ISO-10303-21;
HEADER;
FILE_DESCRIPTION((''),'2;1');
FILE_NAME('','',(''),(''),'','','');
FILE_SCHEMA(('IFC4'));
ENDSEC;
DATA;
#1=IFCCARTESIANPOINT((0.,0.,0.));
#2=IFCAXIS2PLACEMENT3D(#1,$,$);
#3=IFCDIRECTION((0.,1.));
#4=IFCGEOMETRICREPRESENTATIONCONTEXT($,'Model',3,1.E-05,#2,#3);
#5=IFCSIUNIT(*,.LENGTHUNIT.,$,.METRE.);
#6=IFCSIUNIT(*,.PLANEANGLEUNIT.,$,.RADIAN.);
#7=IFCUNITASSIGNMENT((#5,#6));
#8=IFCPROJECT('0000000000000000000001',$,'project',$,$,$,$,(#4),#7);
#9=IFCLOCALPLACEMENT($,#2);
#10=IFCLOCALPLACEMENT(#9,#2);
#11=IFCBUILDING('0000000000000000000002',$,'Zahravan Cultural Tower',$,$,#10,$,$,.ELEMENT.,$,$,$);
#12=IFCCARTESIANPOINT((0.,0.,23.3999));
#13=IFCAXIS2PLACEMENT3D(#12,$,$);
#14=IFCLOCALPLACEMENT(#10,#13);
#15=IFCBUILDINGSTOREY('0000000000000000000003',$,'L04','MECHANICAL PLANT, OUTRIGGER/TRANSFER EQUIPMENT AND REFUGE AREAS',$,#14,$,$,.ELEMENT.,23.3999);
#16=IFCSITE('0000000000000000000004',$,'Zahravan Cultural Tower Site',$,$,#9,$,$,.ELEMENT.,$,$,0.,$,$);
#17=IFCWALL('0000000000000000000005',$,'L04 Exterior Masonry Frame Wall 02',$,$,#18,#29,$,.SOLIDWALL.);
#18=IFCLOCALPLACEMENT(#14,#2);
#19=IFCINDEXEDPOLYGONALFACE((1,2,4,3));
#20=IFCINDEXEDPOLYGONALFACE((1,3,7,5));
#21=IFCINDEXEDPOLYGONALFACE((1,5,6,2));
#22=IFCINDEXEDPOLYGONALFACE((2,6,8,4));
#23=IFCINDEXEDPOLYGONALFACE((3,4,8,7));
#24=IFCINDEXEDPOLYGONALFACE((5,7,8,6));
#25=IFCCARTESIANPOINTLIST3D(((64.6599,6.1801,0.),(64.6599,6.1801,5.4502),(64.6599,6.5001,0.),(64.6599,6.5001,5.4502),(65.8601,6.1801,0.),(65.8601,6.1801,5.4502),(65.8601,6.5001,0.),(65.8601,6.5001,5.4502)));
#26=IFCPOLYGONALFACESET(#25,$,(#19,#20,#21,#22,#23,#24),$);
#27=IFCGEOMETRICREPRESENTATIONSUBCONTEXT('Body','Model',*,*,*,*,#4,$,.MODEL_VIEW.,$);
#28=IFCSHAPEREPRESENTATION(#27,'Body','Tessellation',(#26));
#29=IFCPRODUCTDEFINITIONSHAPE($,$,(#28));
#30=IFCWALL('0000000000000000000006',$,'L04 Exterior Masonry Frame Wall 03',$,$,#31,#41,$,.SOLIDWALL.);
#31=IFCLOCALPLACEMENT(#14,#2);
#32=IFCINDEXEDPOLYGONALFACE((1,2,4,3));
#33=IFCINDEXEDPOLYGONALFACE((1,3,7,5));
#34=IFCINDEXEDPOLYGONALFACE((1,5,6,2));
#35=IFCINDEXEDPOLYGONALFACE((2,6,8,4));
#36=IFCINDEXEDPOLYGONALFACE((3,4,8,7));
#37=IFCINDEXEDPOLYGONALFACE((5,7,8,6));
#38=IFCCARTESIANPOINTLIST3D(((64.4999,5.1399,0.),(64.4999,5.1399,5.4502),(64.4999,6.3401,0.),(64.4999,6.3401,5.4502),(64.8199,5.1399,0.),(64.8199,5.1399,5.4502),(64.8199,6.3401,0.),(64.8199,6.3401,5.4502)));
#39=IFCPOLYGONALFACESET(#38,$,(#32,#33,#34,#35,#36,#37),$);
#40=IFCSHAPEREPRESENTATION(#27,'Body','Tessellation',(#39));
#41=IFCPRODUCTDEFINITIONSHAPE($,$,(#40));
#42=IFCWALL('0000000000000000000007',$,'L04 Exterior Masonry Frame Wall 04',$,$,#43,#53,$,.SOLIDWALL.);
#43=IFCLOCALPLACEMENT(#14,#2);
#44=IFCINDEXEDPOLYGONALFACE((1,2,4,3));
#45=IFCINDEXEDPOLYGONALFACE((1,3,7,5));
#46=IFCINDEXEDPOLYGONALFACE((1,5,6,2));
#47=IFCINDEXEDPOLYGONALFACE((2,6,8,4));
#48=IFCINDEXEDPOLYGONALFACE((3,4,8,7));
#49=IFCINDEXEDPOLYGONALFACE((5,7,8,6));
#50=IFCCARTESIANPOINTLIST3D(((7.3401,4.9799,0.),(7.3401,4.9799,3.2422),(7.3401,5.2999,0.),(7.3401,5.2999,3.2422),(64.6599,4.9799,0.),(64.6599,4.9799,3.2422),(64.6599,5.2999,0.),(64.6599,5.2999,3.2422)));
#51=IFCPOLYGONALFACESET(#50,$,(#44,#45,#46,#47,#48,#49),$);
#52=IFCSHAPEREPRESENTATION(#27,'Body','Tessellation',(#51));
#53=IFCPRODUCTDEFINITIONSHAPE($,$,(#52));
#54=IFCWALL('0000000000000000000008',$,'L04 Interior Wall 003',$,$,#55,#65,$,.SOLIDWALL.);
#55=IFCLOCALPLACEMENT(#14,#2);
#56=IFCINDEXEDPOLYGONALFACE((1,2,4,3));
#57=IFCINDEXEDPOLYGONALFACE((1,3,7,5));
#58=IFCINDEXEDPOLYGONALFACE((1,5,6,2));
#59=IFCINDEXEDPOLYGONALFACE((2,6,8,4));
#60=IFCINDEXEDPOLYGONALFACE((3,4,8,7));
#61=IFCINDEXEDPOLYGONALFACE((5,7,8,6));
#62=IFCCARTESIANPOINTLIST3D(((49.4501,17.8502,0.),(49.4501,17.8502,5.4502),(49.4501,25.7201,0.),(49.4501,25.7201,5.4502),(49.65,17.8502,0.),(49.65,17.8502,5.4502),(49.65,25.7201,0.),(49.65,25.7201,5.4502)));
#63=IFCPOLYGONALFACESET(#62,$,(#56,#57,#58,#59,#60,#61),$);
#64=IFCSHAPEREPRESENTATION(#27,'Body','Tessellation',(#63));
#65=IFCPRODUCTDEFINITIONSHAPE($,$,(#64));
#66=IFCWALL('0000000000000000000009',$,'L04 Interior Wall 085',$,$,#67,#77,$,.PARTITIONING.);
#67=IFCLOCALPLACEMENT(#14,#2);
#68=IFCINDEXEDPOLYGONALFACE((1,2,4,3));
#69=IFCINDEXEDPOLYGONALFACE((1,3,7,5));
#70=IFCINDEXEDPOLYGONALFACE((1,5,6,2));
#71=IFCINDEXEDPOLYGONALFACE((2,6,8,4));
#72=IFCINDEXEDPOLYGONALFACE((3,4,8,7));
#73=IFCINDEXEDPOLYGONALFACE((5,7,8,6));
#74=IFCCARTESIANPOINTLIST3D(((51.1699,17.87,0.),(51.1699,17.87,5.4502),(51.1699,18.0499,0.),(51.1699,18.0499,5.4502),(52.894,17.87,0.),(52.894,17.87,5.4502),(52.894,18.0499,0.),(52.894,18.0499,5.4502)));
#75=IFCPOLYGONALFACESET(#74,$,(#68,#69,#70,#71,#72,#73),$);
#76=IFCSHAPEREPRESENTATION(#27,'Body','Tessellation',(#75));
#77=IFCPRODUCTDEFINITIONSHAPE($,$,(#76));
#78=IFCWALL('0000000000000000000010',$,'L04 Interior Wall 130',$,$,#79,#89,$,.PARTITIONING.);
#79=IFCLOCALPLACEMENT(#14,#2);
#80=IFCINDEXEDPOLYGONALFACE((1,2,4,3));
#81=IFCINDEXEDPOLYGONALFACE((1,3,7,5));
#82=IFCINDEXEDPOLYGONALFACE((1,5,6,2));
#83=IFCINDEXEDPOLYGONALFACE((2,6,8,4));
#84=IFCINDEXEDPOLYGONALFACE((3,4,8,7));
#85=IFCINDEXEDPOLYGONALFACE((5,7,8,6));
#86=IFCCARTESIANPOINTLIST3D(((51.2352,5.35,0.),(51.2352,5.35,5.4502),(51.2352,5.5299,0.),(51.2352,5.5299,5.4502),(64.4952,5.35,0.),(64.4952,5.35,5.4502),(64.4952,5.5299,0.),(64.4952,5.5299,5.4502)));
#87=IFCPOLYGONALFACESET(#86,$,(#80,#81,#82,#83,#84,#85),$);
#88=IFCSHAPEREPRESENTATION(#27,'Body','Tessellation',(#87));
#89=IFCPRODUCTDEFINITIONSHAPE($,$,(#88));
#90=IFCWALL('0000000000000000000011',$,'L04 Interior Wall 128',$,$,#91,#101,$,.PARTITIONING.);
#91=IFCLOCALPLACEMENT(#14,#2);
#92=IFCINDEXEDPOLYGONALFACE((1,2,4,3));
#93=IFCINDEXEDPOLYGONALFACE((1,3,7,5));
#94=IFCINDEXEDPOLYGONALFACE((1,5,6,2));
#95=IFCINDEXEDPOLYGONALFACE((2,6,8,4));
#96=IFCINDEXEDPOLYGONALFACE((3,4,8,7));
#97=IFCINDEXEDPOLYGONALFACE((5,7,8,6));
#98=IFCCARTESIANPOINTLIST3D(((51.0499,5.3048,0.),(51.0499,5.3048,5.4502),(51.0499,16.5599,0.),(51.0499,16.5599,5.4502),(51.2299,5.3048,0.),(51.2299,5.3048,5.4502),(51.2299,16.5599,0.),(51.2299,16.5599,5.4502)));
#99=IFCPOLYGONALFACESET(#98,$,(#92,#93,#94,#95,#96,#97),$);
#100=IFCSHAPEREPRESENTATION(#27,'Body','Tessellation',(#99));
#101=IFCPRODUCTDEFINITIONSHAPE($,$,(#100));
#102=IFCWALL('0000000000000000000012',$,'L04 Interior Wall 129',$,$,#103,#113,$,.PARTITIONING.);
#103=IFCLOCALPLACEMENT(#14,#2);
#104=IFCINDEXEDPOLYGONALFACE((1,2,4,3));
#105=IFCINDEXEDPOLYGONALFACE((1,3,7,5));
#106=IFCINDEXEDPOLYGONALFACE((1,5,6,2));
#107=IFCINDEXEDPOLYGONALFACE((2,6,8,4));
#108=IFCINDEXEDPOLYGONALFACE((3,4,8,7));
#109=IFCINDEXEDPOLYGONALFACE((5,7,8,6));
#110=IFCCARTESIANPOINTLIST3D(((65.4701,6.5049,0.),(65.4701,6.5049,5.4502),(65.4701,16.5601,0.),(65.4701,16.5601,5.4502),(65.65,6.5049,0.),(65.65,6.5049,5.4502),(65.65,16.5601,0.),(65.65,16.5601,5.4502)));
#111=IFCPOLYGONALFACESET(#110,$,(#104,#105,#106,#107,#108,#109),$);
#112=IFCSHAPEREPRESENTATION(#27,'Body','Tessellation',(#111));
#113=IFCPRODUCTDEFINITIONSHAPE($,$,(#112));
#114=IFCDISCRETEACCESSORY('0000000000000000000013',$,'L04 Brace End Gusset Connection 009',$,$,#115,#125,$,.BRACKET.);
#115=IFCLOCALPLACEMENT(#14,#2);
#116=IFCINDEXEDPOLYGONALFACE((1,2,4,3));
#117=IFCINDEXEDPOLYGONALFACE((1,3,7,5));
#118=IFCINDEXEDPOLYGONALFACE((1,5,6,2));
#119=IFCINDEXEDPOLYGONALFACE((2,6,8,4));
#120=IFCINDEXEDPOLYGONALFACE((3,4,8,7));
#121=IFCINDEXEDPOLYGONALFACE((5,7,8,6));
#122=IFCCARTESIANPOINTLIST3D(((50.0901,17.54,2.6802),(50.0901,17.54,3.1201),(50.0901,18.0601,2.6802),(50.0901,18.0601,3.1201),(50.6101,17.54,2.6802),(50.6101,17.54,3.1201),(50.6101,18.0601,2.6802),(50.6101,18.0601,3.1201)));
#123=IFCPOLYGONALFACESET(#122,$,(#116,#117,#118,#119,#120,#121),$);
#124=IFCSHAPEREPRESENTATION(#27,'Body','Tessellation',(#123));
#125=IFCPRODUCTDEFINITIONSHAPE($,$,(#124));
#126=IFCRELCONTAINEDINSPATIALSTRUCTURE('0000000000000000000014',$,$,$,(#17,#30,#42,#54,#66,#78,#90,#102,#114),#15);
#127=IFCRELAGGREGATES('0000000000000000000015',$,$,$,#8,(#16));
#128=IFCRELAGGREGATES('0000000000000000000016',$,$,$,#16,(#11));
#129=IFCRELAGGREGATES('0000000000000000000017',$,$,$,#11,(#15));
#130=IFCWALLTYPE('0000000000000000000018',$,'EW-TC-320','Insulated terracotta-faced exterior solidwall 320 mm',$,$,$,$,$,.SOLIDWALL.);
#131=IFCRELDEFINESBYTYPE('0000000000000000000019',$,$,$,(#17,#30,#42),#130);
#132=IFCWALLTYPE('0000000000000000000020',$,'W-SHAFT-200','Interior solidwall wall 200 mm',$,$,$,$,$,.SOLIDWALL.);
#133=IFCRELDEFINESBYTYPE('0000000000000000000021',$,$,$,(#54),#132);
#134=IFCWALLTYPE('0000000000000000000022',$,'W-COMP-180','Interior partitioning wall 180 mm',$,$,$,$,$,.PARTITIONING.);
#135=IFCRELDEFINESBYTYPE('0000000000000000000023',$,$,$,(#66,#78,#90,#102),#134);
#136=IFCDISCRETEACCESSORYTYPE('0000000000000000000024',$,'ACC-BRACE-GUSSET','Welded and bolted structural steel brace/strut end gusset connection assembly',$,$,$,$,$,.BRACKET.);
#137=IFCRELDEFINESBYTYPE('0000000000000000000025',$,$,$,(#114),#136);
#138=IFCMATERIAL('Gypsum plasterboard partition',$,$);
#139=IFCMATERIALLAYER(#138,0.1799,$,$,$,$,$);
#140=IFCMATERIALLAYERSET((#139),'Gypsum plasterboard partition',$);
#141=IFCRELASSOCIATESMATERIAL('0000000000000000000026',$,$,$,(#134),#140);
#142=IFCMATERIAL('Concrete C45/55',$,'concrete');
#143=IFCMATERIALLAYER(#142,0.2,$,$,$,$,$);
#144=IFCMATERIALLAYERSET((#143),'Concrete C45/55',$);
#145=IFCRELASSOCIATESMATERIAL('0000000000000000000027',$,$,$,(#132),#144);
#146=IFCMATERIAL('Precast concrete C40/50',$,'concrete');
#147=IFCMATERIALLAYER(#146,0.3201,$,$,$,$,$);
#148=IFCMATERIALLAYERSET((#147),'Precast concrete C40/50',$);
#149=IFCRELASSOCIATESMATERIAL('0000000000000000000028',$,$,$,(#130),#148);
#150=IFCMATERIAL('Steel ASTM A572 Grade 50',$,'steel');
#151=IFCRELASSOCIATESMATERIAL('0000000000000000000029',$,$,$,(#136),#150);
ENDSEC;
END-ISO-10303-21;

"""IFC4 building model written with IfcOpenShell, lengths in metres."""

from ifc_helpers import new_model, si_unit, direction, frame, frame_2d, origin, origin_2d, place, context, subcontext, project, spatial, rectangle, extrude, source, transform, mapped, material, layer, layer_set, type_object, element, save


model = new_model("IFC4")

# Units and contexts
model_context = context("Model", 3, precision=1e-05, world=origin(), true_north=direction((0.0, 1.0)))
body_context = subcontext(model_context, "Body", "Model", "MODEL_VIEW")
ifc_project = project(units=[si_unit("LENGTHUNIT", "METRE"), si_unit("PLANEANGLEUNIT", "RADIAN")], contexts=[model_context])

# Site, building, storey
site_placement = place(None, origin())
site = spatial("IfcSite", under=ifc_project, at=site_placement, Name="Zahravan Cultural Tower Site", CompositionType="ELEMENT", RefElevation=0.0)
building_placement = place(site_placement, origin())
building = spatial("IfcBuilding", under=site, at=building_placement, Name="Zahravan Cultural Tower", CompositionType="ELEMENT")
storey_placement = place(building_placement, frame((0.0, 0.0, 23.3999)))
storey = spatial("IfcBuildingStorey", under=building, at=storey_placement, Name="L04", Description="MECHANICAL PLANT, OUTRIGGER/TRANSFER EQUIPMENT AND REFUGE AREAS", CompositionType="ELEMENT", Elevation=23.3999)

# Shared definitions
ifc_material_1 = material(Name="Steel ASTM A572 Grade 50", Category="steel")

# Shared definitions
ifc_material_2 = material(Name="Gypsum plasterboard partition")
ifc_layer_1 = layer(ifc_material_2, 0.1799)
ifc_layer_set_1 = layer_set([ifc_layer_1], Name="Gypsum plasterboard partition")
wall_type_1 = type_object("IfcWallType", Name="W-COMP-180", Description="Interior partitioning wall 180 mm", PredefinedType="PARTITIONING", material=ifc_layer_set_1)
ifc_material_3 = material(Name="Concrete C45/55", Category="concrete")
ifc_layer_2 = layer(ifc_material_3, 0.2)
ifc_layer_set_2 = layer_set([ifc_layer_2], Name="Concrete C45/55")
wall_type_2 = type_object("IfcWallType", Name="W-SHAFT-200", Description="Interior solidwall wall 200 mm", PredefinedType="SOLIDWALL", material=ifc_layer_set_2)

# Walls
ifc_material_4 = material(Name="Precast concrete C40/50", Category="concrete")
ifc_layer_3 = layer(ifc_material_4, 0.3201)
ifc_layer_set_3 = layer_set([ifc_layer_3], Name="Precast concrete C40/50")
wall_type_3 = type_object("IfcWallType", Name="EW-TC-320", Description="Insulated terracotta-faced exterior solidwall 320 mm", PredefinedType="SOLIDWALL", material=ifc_layer_set_3)
shared_shape_1 = source(origin(), body_context, "Body", "SweptSolid", [
    extrude(rectangle(XDim=1.2002, YDim=0.3201, at=frame_2d((0.6001, 0.0))), origin(), (0.0, 0.0, 1.0), 5.4502),
])
for number, where, z_axis, x_axis, name in (
    (1, (65.8601, 6.3401, 0.0), (0.0, 0.0, 1.0), (-1.0, 0.0, 0.0), "L04 Exterior Masonry Frame Wall 02"),
    (2, (64.6599, 6.3401, 0.0), (0.0, 0.0, 1.0), (0.0, -1.0, 0.0), "L04 Exterior Masonry Frame Wall 03"),
):
    element("IfcWall", number, at=place(storey_placement, frame(where, z_axis=z_axis, x_axis=x_axis)), inside=storey, type_object=wall_type_3, Name=name, PredefinedType="SOLIDWALL", context=body_context, shape_type="MappedRepresentation", body=[
        mapped(shared_shape_1, transform((0.0, 0.0, 0.0), x_axis=(1.0, 0.0, 0.0), y_axis=(0.0, 1.0, 0.0), z_axis=(0.0, 0.0, 1.0), scale=1.0)),
    ])
shared_shape_2 = source(origin(), body_context, "Body", "SweptSolid", [
    extrude(rectangle(XDim=57.3198, YDim=0.3201, at=frame_2d((28.6599, 0.0))), origin(), (0.0, 0.0, 1.0), 3.2422),
])
wall_1_placement = place(storey_placement, frame((64.6599, 5.1399, 0.0), z_axis=(0.0, 0.0, 1.0), x_axis=(-1.0, 0.0, 0.0)))
element("IfcWall", 3, at=wall_1_placement, inside=storey, type_object=wall_type_3, Name="L04 Exterior Masonry Frame Wall 04", PredefinedType="SOLIDWALL", context=body_context, shape_type="MappedRepresentation", body=[
    mapped(shared_shape_2, transform((0.0, 0.0, 0.0), x_axis=(1.0, 0.0, 0.0), y_axis=(0.0, 1.0, 0.0), z_axis=(0.0, 0.0, 1.0), scale=1.0)),
])
shared_shape_3 = source(origin(), body_context, "Body", "SweptSolid", [
    extrude(rectangle(XDim=7.8699, YDim=0.2, at=frame_2d((3.9351, 0.0))), origin(), (0.0, 0.0, 1.0), 5.4502),
])
wall_2_placement = place(storey_placement, frame((49.55, 17.8501, 0.0), z_axis=(0.0, 0.0, 1.0), x_axis=(0.0, 1.0, 0.0)))
element("IfcWall", 4, at=wall_2_placement, inside=storey, type_object=wall_type_2, Name="L04 Interior Wall 003", PredefinedType="SOLIDWALL", context=body_context, shape_type="MappedRepresentation", body=[
    mapped(shared_shape_3, transform((0.0, 0.0, 0.0), x_axis=(1.0, 0.0, 0.0), y_axis=(0.0, 1.0, 0.0), z_axis=(0.0, 0.0, 1.0), scale=1.0)),
])
shared_shape_4 = source(origin(), body_context, "Body", "SweptSolid", [
    extrude(rectangle(XDim=1.7241, YDim=0.1799, at=frame_2d((0.8621, 0.0))), origin(), (0.0, 0.0, 1.0), 5.4502),
])
wall_3_placement = place(storey_placement, frame((51.1699, 17.96, 0.0), z_axis=(0.0, 0.0, 1.0), x_axis=(1.0, 0.0, 0.0)))
element("IfcWall", 5, at=wall_3_placement, inside=storey, type_object=wall_type_1, Name="L04 Interior Wall 085", PredefinedType="PARTITIONING", context=body_context, shape_type="MappedRepresentation", body=[
    mapped(shared_shape_4, transform((0.0, 0.0, 0.0), x_axis=(1.0, 0.0, 0.0), y_axis=(0.0, 1.0, 0.0), z_axis=(0.0, 0.0, 1.0), scale=1.0)),
])
shared_shape_5 = source(origin(), body_context, "Body", "SweptSolid", [
    extrude(rectangle(XDim=13.26, YDim=0.1799, at=frame_2d((6.6299, 0.0))), origin(), (0.0, 0.0, 1.0), 5.4502),
])
wall_4_placement = place(storey_placement, frame((64.4951, 5.4399, 0.0), z_axis=(0.0, 0.0, 1.0), x_axis=(-1.0, 0.0, 0.0)))
element("IfcWall", 6, at=wall_4_placement, inside=storey, type_object=wall_type_1, Name="L04 Interior Wall 130", PredefinedType="PARTITIONING", context=body_context, shape_type="MappedRepresentation", body=[
    mapped(shared_shape_5, transform((0.0, 0.0, 0.0), x_axis=(1.0, 0.0, 0.0), y_axis=(0.0, 1.0, 0.0), z_axis=(0.0, 0.0, 1.0), scale=1.0)),
])
shared_shape_6 = source(origin(), body_context, "Body", "SweptSolid", [
    extrude(rectangle(XDim=11.2551, YDim=0.1799, at=frame_2d((5.6274, 0.0))), origin(), (0.0, 0.0, 1.0), 5.4502),
])
wall_5_placement = place(storey_placement, frame((51.1399, 5.3049, 0.0), z_axis=(0.0, 0.0, 1.0), x_axis=(0.0, 1.0, 0.0)))
element("IfcWall", 7, at=wall_5_placement, inside=storey, type_object=wall_type_1, Name="L04 Interior Wall 128", PredefinedType="PARTITIONING", context=body_context, shape_type="MappedRepresentation", body=[
    mapped(shared_shape_6, transform((0.0, 0.0, 0.0), x_axis=(1.0, 0.0, 0.0), y_axis=(0.0, 1.0, 0.0), z_axis=(0.0, 0.0, 1.0), scale=1.0)),
])
shared_shape_7 = source(origin(), body_context, "Body", "SweptSolid", [
    extrude(rectangle(XDim=10.0552, YDim=0.1799, at=frame_2d((5.0276, 0.0))), origin(), (0.0, 0.0, 1.0), 5.4502),
])
wall_6_placement = place(storey_placement, frame((65.5601, 16.5601, 0.0), z_axis=(0.0, 0.0, 1.0), x_axis=(0.0, -1.0, 0.0)))
element("IfcWall", 8, at=wall_6_placement, inside=storey, type_object=wall_type_1, Name="L04 Interior Wall 129", PredefinedType="PARTITIONING", context=body_context, shape_type="MappedRepresentation", body=[
    mapped(shared_shape_7, transform((0.0, 0.0, 0.0), x_axis=(1.0, 0.0, 0.0), y_axis=(0.0, 1.0, 0.0), z_axis=(0.0, 0.0, 1.0), scale=1.0)),
])

# Discrete accessory
discrete_accessory_type = type_object("IfcDiscreteAccessoryType", Name="ACC-BRACE-GUSSET", Description="Welded and bolted structural steel brace/strut end gusset connection assembly", PredefinedType="BRACKET", material=ifc_material_1)
shared_shape_8 = source(origin(), body_context, "Body", "SweptSolid", [
    extrude(rectangle(XDim=0.52, YDim=0.52, at=origin_2d()), origin(), (0.0, 0.0, 1.0), 0.4399),
])
discrete_accessory_placement = place(storey_placement, frame((50.3501, 17.8, 2.6802), z_axis=(0.0, 0.0, 1.0), x_axis=(1.0, 0.0, 0.0)))
element("IfcDiscreteAccessory", 9, at=discrete_accessory_placement, inside=storey, type_object=discrete_accessory_type, Name="L04 Brace End Gusset Connection 009", PredefinedType="BRACKET", context=body_context, shape_type="MappedRepresentation", body=[
    mapped(shared_shape_8, transform((0.0, 0.0, 0.0), x_axis=(1.0, 0.0, 0.0), y_axis=(0.0, 1.0, 0.0), z_axis=(0.0, 0.0, 1.0), scale=1.0)),
])

save(model, "model.ifc")
